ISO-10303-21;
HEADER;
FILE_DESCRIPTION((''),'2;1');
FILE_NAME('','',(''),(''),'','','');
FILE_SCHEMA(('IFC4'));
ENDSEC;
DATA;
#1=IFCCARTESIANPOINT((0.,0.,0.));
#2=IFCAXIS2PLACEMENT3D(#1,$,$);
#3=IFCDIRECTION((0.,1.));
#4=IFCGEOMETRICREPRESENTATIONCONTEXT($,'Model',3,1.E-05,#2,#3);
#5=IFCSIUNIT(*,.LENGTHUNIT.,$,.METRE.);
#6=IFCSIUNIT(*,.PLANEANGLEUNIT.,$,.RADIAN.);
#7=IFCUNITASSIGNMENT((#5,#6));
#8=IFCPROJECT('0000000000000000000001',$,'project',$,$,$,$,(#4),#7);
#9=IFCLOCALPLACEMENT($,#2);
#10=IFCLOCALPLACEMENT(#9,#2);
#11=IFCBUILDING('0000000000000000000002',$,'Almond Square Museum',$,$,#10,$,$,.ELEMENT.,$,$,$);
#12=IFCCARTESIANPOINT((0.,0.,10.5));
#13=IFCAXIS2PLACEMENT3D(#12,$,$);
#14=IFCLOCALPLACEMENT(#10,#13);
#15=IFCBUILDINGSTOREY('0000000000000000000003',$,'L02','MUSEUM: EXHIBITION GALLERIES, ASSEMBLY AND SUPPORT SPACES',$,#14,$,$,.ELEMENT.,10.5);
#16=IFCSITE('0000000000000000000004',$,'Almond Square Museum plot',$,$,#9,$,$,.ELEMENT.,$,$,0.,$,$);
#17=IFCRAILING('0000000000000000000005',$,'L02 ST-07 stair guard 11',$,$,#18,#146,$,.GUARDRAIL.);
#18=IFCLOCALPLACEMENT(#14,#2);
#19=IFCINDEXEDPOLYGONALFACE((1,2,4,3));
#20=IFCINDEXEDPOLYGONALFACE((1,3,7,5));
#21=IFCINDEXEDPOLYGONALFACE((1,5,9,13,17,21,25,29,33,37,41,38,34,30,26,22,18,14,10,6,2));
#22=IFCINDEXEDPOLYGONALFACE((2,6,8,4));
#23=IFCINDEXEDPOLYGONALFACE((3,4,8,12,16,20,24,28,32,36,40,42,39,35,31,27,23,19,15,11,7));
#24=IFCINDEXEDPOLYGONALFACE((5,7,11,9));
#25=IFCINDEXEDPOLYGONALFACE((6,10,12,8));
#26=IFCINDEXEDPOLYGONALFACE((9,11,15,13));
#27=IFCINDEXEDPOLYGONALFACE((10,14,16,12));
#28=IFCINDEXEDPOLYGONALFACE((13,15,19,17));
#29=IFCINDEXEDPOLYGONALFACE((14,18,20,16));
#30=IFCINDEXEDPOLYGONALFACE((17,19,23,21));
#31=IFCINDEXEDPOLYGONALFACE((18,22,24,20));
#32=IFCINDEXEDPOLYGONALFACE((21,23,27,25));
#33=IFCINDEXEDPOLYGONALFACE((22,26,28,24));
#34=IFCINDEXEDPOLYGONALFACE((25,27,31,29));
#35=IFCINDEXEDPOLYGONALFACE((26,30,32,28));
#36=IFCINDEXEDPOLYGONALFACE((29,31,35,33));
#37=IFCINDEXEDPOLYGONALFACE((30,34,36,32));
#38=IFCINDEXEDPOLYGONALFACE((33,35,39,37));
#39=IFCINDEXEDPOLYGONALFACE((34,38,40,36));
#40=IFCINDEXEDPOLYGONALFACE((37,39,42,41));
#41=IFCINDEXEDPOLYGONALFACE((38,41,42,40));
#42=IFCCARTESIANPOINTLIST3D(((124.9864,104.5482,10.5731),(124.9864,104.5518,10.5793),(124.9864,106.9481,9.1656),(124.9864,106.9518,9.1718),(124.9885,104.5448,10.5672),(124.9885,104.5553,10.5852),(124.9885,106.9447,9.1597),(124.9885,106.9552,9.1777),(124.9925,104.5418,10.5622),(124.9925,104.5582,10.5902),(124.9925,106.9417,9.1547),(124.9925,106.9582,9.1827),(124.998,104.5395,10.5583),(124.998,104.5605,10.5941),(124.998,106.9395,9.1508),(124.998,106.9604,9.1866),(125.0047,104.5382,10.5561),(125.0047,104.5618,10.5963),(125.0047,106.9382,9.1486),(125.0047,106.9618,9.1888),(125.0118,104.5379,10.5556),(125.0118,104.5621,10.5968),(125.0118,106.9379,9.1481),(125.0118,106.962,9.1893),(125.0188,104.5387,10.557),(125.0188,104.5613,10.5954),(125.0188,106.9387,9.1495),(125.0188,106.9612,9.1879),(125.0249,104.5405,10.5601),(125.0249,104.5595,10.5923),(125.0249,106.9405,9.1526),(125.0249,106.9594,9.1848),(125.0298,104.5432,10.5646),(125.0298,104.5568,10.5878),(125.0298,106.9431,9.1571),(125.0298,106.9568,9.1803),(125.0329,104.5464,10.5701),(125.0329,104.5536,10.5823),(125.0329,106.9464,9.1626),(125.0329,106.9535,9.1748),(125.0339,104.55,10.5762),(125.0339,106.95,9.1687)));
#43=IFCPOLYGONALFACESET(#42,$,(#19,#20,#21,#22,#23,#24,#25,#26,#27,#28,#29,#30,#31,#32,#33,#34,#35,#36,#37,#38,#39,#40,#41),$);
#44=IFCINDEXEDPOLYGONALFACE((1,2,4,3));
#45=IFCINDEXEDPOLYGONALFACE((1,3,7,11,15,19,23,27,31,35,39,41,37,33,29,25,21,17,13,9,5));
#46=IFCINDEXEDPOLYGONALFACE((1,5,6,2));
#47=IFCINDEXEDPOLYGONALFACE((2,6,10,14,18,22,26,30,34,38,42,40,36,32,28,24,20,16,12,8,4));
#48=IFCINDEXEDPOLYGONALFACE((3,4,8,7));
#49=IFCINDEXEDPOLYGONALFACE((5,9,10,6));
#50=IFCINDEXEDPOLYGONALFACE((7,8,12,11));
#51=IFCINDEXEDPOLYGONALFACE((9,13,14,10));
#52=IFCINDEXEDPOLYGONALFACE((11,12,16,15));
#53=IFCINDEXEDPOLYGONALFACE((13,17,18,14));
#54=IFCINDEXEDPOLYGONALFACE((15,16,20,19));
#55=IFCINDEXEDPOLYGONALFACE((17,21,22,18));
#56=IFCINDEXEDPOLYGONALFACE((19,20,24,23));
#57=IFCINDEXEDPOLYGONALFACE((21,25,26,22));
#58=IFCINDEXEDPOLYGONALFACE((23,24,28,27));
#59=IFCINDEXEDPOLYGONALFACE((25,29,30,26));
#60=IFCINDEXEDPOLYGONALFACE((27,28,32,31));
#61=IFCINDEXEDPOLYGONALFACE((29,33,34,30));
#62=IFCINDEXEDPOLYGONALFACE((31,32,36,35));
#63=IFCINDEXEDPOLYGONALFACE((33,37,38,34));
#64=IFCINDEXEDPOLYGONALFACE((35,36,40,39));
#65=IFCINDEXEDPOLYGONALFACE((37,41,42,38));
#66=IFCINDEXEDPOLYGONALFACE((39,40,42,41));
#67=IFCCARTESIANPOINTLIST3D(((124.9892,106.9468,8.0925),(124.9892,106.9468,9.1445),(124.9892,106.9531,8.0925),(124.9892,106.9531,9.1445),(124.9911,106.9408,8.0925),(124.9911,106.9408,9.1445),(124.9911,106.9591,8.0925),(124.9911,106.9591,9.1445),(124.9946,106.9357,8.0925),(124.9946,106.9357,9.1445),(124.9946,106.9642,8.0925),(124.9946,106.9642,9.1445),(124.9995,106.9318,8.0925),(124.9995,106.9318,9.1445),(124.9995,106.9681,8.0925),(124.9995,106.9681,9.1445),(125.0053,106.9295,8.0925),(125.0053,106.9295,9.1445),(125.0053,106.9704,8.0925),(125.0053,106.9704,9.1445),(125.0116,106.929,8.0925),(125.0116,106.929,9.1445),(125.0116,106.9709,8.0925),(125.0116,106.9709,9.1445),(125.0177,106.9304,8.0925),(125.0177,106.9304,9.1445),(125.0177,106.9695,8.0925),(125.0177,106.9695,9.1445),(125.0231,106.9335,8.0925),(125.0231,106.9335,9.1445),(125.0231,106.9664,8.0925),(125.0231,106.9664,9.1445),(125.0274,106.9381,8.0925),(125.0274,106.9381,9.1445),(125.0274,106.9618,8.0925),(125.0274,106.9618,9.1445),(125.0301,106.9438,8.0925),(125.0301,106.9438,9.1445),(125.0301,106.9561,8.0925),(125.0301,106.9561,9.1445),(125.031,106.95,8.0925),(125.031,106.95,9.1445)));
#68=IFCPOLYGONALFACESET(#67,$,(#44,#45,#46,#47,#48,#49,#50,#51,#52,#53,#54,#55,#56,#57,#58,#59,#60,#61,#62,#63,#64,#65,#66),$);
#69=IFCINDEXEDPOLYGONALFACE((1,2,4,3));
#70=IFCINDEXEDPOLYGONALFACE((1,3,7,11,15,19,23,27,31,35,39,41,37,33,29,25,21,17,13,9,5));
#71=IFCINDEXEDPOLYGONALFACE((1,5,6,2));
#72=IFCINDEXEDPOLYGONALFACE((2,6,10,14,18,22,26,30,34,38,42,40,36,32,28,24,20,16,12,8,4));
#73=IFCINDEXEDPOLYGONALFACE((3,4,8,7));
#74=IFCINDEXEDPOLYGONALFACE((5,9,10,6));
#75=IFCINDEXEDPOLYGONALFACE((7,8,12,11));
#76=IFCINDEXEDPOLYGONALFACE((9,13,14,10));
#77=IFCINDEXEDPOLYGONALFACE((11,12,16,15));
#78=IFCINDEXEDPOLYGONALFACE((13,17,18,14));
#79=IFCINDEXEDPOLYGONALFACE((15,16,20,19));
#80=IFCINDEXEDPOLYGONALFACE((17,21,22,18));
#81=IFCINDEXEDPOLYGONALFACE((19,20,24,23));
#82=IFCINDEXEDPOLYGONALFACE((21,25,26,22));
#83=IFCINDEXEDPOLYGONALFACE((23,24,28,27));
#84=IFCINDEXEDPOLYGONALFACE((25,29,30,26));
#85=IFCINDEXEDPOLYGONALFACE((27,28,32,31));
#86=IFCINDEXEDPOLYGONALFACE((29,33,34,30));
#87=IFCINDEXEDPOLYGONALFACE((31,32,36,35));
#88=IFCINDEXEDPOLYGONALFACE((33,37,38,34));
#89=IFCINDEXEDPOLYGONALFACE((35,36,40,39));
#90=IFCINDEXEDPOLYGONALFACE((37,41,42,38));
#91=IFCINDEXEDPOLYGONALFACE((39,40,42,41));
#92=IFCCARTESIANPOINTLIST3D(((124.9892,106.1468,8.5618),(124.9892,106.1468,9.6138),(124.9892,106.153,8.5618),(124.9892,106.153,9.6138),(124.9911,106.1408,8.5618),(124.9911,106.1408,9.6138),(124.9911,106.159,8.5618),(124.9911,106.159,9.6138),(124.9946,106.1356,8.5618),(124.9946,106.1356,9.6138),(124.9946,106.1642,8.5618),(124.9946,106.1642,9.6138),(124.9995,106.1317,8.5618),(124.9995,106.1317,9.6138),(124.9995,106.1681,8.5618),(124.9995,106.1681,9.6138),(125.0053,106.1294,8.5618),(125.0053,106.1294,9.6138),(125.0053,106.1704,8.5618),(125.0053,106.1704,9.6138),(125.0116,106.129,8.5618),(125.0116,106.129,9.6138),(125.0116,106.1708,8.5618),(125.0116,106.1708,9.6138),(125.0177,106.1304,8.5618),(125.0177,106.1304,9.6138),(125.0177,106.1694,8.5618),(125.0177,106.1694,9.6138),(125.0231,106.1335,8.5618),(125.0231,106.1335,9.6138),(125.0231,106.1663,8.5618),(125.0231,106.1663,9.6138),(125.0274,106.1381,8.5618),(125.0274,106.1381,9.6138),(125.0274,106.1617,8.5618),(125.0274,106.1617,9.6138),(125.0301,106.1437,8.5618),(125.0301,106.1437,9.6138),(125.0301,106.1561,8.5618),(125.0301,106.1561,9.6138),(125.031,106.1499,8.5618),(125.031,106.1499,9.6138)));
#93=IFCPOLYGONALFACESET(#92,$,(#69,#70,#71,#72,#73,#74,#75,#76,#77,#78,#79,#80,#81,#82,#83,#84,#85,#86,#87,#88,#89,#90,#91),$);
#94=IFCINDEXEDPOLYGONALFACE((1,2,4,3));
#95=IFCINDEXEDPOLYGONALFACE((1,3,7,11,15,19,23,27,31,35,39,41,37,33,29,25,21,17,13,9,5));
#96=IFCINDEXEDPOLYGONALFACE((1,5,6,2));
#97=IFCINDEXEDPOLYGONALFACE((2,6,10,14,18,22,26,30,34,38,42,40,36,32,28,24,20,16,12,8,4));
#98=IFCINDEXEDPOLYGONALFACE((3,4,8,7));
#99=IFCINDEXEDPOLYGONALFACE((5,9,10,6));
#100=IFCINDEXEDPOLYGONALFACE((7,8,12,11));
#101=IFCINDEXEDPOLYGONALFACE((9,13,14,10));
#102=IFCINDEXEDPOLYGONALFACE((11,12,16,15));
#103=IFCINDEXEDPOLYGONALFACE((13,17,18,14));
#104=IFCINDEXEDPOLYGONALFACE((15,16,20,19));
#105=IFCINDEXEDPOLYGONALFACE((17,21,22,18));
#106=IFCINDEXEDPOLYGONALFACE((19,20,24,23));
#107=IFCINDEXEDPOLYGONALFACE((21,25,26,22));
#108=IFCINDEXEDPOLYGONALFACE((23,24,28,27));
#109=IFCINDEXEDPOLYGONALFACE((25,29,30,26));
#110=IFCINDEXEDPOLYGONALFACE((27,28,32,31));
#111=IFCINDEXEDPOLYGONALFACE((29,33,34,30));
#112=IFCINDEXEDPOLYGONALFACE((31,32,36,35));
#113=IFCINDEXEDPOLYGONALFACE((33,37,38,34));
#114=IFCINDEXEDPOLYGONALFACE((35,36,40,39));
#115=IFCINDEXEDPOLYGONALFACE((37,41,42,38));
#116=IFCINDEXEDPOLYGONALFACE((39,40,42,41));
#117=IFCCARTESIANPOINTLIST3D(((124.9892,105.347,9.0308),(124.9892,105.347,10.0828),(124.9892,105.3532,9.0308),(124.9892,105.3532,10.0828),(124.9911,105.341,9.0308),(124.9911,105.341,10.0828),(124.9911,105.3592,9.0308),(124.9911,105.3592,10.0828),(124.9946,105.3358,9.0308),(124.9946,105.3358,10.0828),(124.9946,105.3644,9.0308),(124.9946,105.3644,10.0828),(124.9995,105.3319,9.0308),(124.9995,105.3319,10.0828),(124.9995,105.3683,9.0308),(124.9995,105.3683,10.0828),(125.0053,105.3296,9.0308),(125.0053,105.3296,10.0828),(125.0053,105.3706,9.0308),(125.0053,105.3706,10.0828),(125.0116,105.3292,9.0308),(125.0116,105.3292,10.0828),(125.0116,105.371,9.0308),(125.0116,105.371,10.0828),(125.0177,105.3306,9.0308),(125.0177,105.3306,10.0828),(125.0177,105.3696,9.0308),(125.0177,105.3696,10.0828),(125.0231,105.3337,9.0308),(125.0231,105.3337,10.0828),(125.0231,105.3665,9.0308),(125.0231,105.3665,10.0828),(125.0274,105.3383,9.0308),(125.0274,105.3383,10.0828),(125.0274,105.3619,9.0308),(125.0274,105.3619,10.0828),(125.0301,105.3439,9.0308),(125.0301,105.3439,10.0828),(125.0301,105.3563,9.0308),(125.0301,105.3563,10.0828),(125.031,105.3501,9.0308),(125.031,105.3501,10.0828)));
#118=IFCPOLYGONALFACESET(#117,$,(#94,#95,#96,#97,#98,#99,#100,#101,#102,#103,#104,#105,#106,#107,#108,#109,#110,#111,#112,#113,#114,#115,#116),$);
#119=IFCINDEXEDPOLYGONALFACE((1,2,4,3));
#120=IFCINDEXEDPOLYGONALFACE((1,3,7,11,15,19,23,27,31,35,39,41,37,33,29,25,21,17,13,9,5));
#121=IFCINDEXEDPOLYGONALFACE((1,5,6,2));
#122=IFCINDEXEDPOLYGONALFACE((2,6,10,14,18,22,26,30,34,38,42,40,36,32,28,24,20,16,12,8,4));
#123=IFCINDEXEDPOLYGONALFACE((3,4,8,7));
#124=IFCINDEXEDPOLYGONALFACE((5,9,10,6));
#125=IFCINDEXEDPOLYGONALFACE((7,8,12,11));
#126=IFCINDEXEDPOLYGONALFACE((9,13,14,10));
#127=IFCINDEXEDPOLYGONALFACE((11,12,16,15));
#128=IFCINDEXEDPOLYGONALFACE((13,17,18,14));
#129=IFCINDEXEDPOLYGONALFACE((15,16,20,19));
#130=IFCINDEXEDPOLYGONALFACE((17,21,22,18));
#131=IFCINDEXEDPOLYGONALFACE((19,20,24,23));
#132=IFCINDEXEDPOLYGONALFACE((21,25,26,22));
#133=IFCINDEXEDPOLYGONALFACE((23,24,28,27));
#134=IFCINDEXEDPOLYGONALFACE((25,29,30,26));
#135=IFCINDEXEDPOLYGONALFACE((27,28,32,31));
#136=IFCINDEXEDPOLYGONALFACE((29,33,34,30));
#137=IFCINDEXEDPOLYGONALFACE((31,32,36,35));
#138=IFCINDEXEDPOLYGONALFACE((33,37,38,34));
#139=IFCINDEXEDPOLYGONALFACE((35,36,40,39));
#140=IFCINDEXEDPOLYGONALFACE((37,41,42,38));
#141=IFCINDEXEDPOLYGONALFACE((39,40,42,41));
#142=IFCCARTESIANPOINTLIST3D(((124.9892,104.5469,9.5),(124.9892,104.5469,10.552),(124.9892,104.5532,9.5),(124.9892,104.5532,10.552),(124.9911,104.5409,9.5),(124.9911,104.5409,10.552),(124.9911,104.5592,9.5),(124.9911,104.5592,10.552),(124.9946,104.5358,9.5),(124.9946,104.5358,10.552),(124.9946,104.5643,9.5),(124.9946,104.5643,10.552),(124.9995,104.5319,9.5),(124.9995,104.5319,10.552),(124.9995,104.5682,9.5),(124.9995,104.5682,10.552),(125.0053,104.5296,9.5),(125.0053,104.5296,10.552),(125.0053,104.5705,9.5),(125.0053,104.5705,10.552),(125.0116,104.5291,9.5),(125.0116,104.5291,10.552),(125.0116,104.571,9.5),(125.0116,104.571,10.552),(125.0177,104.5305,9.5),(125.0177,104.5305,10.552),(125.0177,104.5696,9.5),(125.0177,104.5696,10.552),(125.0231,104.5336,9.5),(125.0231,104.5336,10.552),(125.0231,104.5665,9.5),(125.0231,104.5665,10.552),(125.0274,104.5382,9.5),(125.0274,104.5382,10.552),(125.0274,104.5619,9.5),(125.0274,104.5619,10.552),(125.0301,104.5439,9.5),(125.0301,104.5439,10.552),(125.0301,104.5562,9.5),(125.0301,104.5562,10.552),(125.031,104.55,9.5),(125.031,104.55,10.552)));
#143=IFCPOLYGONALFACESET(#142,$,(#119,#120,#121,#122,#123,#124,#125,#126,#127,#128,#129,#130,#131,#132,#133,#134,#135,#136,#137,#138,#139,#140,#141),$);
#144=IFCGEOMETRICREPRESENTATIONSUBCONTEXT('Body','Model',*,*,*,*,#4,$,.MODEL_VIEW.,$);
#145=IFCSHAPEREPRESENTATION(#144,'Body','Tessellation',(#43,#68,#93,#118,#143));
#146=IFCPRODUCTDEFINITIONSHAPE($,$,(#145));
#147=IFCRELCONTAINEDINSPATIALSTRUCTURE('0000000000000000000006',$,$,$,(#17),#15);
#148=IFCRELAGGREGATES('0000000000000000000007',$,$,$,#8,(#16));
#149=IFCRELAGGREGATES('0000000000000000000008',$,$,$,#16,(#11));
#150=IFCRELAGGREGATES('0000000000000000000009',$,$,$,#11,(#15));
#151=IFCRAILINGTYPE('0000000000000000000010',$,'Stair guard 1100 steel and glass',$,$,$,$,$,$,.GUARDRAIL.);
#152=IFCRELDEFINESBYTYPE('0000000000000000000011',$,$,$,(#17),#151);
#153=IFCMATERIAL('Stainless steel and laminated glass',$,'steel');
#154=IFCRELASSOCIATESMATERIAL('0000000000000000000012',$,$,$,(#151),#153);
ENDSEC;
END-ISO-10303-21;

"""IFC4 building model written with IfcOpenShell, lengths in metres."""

from ifc_helpers import new_model, si_unit, direction, frame, origin, origin_2d, place, context, subcontext, project, spatial, circle, extrude, material, type_object, element, save


model = new_model("IFC4")

# Units and contexts
model_context = context("Model", 3, precision=1e-05, world=origin(), true_north=direction((0.0, 1.0)))
body_context = subcontext(model_context, "Body", "Model", "MODEL_VIEW")
ifc_project = project(units=[si_unit("LENGTHUNIT", "METRE"), si_unit("PLANEANGLEUNIT", "RADIAN")], contexts=[model_context])

# Site, building, storey
site_placement = place(None, origin())
site = spatial("IfcSite", under=ifc_project, at=site_placement, Name="Almond Square Museum plot", CompositionType="ELEMENT", RefElevation=0.0)
building_placement = place(site_placement, origin())
building = spatial("IfcBuilding", under=site, at=building_placement, Name="Almond Square Museum", CompositionType="ELEMENT")
storey_placement = place(building_placement, frame((0.0, 0.0, 10.5)))
storey = spatial("IfcBuildingStorey", under=building, at=storey_placement, Name="L02", Description="MUSEUM: EXHIBITION GALLERIES, ASSEMBLY AND SUPPORT SPACES", CompositionType="ELEMENT", Elevation=10.5)

# Railing
ifc_material_1 = material(Name="Stainless steel and laminated glass", Category="steel")
railing_type_1 = type_object("IfcRailingType", Name="Stair guard 1100 steel and glass", PredefinedType="GUARDRAIL", material=ifc_material_1)
railing_1_placement = place(storey_placement, frame((125.01, 106.95, 8.0925)))
element("IfcRailing", 1, at=railing_1_placement, inside=storey, type_object=railing_type_1, Name="L02 ST-07 stair guard 11", PredefinedType="GUARDRAIL", context=body_context, shape_type="SweptSolid", body=[
    extrude(circle(Radius=0.0239, at=origin_2d()), frame((0.0, 0.0, 1.0762), z_axis=(0.0, -0.862599, 0.505888), x_axis=(1.0, 0.0, 0.0)), (0.0, 0.0, 1.0), 2.7822),
    extrude(circle(Radius=0.021, at=origin_2d()), origin(), (0.0, 0.0, 1.0), 1.052),
    extrude(circle(Radius=0.021, at=origin_2d()), frame((0.0, -0.8, 0.4692)), (0.0, 0.0, 1.0), 1.052),
    extrude(circle(Radius=0.021, at=origin_2d()), frame((0.0, -1.5999, 0.9382)), (0.0, 0.0, 1.0), 1.052),
    extrude(circle(Radius=0.021, at=origin_2d()), frame((0.0, -2.3999, 1.4075)), (0.0, 0.0, 1.0), 1.052),
])

save(model, "model.ifc")
